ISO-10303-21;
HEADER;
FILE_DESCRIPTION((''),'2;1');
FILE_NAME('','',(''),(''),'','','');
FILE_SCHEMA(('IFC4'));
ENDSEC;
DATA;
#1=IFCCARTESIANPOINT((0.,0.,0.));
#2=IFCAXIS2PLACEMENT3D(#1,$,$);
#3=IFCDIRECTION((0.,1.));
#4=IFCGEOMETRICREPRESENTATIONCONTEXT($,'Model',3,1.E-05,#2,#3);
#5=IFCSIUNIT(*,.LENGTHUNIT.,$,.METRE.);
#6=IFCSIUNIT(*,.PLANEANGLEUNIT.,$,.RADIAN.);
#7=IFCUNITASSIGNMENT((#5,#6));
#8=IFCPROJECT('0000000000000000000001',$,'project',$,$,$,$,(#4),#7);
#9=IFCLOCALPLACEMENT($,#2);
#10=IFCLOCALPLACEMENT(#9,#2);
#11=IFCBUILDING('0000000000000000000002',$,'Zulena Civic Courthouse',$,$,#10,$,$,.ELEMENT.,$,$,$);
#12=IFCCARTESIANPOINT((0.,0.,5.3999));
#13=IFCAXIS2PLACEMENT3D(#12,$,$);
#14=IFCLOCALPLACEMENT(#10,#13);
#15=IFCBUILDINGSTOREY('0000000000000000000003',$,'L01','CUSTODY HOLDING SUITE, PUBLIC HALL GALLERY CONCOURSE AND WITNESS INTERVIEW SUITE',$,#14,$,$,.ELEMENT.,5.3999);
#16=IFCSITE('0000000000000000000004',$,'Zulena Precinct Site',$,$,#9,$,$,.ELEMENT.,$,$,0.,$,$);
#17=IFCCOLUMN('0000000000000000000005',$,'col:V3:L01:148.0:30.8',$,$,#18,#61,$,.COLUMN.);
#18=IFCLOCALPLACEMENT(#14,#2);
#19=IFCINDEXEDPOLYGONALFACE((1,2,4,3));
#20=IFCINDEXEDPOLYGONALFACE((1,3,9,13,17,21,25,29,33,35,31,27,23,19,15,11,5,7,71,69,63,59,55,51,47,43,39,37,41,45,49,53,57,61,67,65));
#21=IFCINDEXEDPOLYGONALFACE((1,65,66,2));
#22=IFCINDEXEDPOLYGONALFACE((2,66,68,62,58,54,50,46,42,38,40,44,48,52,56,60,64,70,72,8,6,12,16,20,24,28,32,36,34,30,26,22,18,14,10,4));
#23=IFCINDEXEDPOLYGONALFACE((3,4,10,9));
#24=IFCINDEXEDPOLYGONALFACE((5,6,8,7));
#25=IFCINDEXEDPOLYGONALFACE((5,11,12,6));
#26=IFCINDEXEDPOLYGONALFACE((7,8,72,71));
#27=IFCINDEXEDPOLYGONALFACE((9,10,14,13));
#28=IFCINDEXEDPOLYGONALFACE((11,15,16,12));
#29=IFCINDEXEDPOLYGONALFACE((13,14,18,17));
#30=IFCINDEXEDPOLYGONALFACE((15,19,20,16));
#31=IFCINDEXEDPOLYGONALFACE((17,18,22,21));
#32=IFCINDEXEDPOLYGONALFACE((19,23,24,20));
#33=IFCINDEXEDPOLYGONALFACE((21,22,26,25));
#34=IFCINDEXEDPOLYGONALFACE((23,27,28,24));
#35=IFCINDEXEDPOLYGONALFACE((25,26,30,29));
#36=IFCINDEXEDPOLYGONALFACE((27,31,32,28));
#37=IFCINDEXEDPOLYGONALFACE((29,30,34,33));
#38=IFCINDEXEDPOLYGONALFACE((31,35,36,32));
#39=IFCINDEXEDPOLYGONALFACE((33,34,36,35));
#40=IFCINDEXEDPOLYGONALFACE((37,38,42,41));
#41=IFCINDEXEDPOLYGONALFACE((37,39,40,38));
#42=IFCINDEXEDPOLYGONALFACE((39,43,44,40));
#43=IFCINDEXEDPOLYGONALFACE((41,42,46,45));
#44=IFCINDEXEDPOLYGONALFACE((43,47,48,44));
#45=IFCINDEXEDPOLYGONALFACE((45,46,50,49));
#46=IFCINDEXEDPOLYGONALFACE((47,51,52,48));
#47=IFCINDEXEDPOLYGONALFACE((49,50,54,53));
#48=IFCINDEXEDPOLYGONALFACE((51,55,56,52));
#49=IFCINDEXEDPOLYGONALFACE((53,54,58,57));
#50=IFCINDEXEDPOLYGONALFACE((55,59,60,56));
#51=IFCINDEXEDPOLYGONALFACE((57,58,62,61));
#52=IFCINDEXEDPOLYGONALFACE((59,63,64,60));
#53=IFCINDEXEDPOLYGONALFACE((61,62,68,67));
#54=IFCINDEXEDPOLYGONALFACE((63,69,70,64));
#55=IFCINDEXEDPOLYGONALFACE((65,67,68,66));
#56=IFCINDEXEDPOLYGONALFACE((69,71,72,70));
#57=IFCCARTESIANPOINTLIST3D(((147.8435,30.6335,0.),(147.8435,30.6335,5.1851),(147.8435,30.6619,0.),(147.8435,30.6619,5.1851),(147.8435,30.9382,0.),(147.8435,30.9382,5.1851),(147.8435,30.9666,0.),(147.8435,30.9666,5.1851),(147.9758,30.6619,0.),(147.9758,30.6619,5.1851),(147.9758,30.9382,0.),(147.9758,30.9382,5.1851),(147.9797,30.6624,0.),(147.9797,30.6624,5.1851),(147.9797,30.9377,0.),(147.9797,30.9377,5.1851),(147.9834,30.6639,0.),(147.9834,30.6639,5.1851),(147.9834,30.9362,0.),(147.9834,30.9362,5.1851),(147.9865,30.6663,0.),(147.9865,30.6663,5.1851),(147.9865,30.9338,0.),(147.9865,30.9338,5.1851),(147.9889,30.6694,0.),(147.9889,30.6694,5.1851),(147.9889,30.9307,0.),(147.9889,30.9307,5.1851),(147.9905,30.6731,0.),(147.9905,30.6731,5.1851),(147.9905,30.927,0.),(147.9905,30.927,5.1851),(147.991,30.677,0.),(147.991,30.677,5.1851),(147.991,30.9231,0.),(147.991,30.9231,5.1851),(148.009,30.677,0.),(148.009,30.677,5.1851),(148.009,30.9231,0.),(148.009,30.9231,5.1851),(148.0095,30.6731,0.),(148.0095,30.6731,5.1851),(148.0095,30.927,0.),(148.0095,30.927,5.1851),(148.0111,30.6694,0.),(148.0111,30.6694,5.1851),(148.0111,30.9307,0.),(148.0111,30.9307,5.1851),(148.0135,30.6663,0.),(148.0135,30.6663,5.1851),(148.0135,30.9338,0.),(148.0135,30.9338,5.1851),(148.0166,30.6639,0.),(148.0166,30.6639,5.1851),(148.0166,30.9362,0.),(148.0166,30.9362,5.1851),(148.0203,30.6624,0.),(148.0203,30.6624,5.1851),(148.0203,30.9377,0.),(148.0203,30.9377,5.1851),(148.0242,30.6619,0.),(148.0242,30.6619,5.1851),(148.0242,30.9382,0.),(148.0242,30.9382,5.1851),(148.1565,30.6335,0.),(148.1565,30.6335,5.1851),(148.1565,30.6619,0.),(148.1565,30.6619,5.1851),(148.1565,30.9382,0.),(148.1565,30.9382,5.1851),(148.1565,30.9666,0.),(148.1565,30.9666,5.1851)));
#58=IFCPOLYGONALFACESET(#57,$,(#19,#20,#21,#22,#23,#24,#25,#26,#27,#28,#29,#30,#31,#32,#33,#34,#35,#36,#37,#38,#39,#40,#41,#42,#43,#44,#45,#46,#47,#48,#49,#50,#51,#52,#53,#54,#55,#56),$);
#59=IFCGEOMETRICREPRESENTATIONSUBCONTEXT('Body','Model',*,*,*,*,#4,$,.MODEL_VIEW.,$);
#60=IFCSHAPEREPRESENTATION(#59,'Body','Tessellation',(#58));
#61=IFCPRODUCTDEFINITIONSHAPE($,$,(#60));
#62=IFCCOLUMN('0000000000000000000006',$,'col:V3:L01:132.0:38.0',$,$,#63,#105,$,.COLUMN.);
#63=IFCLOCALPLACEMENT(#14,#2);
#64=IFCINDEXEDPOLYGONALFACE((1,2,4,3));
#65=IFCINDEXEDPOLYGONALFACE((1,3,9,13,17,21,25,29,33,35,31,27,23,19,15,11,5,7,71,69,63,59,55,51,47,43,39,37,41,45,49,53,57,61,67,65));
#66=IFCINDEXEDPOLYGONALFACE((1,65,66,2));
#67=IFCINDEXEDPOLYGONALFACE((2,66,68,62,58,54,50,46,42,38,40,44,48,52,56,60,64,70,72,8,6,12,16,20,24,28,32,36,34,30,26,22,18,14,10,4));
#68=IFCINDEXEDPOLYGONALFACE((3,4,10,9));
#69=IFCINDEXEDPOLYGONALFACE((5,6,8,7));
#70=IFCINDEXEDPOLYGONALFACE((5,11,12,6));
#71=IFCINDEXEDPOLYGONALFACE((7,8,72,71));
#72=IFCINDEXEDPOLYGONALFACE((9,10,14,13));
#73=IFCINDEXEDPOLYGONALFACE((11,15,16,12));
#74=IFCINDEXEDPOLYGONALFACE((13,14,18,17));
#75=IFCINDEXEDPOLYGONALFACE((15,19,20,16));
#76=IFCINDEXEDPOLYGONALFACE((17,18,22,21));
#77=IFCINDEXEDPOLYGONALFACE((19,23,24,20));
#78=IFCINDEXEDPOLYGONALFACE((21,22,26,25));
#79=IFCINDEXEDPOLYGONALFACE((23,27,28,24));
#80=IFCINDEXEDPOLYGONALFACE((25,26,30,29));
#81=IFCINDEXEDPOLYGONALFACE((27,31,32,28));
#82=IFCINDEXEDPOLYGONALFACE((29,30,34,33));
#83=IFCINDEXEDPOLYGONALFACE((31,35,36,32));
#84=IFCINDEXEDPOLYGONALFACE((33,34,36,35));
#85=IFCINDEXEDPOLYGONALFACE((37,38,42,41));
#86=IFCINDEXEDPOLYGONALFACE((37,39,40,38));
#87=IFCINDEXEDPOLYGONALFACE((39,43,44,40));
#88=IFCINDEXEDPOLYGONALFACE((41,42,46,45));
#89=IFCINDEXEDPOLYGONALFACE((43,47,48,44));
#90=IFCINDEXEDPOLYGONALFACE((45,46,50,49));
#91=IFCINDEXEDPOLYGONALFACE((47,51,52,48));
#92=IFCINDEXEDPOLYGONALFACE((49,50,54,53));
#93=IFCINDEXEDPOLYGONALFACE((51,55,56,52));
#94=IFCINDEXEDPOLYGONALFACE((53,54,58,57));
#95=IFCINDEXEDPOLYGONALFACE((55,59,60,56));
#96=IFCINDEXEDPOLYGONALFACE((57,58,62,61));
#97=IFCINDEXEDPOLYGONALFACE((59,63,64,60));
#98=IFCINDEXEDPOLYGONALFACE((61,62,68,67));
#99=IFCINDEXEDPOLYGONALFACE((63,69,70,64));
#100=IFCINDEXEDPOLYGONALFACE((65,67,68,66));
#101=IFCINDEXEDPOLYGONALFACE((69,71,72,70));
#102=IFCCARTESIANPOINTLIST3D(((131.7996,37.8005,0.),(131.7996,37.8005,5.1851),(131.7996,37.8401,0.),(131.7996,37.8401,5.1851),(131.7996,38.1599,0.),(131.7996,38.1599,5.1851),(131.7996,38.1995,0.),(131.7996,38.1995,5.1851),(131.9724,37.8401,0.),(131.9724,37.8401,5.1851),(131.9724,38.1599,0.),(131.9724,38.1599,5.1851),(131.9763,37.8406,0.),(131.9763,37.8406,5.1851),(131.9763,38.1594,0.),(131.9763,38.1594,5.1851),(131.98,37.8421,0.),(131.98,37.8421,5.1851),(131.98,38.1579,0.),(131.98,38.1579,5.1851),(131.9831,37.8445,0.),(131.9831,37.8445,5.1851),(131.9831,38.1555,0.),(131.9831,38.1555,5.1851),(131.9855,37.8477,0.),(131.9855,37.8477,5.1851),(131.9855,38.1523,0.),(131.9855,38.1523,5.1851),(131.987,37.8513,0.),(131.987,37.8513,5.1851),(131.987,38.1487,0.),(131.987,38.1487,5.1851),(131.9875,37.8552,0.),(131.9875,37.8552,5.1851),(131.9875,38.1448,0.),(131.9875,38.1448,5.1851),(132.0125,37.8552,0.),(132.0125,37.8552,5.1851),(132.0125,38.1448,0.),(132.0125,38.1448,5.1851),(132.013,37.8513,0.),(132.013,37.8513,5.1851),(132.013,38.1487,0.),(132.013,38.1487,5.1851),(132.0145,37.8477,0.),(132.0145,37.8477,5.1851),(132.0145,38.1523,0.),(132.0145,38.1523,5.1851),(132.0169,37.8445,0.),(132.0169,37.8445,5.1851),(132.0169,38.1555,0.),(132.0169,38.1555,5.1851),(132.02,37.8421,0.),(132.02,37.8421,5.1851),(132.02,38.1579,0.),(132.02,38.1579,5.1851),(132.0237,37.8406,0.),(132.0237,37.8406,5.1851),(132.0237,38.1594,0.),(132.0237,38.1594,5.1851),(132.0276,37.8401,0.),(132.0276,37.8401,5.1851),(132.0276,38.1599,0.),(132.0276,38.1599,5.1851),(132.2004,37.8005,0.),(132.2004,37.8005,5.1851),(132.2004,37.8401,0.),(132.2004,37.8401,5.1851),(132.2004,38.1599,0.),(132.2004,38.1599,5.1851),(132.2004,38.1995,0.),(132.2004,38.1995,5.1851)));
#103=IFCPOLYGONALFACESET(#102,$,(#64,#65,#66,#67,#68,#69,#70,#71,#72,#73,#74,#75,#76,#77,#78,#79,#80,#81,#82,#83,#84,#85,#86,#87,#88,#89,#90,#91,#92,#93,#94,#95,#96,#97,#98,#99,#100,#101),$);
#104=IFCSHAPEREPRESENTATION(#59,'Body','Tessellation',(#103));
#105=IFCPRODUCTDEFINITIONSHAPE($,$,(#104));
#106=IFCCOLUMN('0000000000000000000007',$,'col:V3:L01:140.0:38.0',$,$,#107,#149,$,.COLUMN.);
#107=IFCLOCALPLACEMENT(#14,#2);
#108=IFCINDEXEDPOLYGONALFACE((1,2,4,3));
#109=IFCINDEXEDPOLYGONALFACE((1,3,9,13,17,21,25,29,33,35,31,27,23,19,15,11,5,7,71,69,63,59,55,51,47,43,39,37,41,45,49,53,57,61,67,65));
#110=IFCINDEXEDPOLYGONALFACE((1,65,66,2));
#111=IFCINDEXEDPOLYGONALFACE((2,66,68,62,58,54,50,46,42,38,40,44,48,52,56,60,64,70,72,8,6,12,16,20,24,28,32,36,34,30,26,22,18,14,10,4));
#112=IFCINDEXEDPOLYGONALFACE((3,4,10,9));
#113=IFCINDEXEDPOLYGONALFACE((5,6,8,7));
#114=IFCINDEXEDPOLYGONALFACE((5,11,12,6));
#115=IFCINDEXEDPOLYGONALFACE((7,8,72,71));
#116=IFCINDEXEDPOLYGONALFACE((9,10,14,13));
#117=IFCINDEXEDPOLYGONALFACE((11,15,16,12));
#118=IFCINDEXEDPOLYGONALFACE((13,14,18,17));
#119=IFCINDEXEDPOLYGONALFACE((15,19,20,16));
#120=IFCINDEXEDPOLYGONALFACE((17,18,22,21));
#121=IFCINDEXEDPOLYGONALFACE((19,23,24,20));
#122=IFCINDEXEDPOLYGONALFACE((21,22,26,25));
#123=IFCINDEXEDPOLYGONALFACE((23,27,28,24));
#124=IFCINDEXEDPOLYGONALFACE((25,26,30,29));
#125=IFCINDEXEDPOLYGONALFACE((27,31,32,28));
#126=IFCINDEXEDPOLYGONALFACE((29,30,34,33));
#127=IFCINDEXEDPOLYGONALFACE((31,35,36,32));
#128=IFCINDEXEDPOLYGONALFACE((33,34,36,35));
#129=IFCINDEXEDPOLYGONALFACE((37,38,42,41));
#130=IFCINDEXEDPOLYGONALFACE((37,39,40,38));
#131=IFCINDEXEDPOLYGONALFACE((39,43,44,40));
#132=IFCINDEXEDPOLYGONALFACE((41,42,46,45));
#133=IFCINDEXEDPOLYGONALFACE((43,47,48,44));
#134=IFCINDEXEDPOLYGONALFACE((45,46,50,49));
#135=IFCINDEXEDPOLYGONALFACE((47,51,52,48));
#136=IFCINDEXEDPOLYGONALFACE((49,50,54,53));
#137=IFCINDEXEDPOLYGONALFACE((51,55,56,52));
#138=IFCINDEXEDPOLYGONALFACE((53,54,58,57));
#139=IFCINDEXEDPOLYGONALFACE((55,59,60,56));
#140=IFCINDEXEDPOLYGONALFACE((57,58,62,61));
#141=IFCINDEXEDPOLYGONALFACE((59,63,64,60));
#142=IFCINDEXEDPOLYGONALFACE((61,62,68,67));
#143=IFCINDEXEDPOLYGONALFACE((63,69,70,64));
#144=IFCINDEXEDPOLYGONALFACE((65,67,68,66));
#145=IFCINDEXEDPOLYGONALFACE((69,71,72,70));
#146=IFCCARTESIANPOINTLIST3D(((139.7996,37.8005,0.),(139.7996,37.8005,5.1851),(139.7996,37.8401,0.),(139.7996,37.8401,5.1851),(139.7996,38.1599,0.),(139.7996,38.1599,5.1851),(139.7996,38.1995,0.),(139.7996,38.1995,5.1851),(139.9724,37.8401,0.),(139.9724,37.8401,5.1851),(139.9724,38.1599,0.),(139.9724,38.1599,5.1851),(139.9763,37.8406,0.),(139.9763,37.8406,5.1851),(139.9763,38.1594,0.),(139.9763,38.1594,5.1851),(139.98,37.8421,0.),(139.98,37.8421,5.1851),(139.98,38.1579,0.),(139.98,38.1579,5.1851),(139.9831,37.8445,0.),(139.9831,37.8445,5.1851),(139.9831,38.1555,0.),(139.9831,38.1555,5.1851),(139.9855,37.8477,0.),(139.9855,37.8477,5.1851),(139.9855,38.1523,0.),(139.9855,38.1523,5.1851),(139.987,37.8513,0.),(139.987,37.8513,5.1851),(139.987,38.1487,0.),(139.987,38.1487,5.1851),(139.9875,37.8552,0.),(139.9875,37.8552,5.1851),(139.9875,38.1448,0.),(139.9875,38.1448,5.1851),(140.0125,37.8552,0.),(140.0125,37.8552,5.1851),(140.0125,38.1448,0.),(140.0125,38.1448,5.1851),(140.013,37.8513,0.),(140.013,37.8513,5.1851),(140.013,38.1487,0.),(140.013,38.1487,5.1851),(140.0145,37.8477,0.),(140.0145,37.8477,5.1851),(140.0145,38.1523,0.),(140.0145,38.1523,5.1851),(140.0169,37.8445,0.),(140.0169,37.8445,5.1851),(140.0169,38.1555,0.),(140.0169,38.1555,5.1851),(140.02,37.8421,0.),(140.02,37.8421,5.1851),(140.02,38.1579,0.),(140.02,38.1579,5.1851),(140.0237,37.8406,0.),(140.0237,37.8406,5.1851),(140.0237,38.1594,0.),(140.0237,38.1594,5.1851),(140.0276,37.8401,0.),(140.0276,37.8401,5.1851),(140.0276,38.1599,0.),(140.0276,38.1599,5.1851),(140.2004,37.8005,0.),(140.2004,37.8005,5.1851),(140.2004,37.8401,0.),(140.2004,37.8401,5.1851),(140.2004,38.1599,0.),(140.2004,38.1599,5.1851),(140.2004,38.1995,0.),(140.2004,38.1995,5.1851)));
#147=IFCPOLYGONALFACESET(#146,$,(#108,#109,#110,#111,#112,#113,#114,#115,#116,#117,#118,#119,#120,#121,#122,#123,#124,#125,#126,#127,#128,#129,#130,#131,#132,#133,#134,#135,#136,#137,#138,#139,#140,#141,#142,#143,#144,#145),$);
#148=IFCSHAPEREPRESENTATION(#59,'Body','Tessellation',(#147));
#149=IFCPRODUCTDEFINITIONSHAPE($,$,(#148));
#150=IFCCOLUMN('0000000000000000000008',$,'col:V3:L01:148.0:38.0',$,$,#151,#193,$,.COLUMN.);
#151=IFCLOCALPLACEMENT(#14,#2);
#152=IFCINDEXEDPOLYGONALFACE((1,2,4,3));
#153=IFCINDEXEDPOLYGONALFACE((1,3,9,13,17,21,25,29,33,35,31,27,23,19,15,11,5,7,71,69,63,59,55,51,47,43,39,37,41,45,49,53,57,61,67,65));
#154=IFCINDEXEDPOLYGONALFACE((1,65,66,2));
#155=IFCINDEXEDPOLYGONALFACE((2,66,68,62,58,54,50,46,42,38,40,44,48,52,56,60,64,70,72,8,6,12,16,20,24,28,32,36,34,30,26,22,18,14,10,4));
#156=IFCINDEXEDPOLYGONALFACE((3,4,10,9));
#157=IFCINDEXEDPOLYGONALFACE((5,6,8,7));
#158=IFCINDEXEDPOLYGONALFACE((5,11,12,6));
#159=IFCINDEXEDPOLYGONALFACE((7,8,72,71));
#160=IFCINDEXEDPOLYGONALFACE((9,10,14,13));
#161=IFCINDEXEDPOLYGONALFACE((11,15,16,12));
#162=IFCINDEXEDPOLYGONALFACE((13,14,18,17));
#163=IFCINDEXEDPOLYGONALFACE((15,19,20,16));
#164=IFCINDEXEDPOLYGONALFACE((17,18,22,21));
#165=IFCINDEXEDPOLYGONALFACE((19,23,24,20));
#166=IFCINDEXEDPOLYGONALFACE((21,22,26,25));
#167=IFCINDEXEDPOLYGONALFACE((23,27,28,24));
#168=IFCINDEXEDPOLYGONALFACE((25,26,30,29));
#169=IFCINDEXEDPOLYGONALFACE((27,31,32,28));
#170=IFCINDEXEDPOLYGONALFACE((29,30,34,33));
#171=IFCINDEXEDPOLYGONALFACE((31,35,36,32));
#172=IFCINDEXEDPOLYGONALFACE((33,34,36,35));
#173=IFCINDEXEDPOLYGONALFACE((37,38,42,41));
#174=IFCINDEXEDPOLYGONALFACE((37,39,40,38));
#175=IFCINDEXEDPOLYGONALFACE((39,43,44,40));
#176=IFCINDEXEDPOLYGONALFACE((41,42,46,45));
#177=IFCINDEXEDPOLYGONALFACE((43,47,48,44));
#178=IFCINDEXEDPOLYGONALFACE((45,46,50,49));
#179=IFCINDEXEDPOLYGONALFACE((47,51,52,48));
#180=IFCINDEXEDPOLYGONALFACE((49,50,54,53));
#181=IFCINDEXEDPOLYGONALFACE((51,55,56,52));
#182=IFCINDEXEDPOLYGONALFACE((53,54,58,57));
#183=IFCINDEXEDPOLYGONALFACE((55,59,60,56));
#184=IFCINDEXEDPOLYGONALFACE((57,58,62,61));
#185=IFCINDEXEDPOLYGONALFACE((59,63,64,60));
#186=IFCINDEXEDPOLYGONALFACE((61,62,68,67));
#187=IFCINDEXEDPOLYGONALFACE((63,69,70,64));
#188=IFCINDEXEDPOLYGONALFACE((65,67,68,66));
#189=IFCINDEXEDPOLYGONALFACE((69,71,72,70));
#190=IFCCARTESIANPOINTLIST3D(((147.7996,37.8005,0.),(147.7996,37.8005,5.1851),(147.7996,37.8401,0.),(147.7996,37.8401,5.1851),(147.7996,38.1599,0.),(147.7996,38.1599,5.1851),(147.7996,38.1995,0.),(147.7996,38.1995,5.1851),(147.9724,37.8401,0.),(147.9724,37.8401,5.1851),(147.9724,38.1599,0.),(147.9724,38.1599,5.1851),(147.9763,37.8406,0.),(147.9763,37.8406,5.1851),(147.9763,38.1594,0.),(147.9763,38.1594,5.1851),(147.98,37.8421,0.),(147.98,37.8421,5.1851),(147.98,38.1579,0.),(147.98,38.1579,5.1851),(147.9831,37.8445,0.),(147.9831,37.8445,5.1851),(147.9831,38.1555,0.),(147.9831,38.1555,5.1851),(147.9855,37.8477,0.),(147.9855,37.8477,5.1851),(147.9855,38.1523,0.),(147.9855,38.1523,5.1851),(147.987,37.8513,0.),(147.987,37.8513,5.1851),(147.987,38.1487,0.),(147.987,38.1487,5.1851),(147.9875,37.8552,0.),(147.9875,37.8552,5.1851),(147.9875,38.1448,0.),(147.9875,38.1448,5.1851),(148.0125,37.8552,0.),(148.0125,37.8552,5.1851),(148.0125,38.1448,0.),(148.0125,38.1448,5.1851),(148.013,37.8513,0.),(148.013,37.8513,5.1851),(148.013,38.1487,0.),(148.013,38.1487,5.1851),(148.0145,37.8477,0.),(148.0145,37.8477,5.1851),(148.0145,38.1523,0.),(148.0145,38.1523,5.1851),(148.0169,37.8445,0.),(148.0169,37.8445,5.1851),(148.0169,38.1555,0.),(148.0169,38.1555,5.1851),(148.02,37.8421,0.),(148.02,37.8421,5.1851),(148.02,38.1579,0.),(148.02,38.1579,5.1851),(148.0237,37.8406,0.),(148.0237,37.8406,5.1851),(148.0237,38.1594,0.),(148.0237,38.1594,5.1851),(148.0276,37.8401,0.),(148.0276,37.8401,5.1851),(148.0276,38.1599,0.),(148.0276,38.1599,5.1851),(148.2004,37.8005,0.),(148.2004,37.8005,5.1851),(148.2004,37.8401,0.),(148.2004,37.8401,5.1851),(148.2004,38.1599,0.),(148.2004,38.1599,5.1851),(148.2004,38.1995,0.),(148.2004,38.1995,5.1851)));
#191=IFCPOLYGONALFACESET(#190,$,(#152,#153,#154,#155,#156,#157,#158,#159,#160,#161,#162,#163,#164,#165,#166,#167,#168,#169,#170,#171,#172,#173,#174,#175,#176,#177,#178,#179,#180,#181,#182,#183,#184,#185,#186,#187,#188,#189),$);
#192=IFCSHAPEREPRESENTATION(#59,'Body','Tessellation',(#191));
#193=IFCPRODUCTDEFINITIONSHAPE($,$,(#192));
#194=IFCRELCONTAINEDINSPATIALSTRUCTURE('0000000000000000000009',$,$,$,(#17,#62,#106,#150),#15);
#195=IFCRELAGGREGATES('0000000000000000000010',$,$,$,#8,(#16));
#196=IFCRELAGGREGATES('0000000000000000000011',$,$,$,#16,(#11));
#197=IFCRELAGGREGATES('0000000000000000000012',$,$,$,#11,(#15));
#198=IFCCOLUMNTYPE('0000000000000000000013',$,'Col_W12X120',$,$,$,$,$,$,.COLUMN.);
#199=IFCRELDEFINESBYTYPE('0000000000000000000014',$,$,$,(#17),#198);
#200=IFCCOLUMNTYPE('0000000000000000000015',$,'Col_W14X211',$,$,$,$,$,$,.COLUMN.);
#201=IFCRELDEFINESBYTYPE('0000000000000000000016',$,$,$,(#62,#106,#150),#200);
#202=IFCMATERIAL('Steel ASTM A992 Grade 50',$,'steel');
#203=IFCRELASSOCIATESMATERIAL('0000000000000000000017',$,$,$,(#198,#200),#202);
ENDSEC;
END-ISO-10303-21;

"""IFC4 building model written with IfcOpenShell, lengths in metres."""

from ifc_helpers import new_model, si_unit, direction, frame, origin, origin_2d, place, context, subcontext, project, spatial, i_section, extrude, material, material_profile, profile_set, type_object, element, save


model = new_model("IFC4")

# Units and contexts
model_context = context("Model", 3, precision=1e-05, world=origin(), true_north=direction((0.0, 1.0)))
body_context = subcontext(model_context, "Body", "Model", "MODEL_VIEW")
ifc_project = project(units=[si_unit("LENGTHUNIT", "METRE"), si_unit("PLANEANGLEUNIT", "RADIAN")], contexts=[model_context])

# Site, building, storey
site_placement = place(None, origin())
site = spatial("IfcSite", under=ifc_project, at=site_placement, Name="Zulena Precinct Site", CompositionType="ELEMENT", RefElevation=0.0)
building_placement = place(site_placement, origin())
building = spatial("IfcBuilding", under=site, at=building_placement, Name="Zulena Civic Courthouse", CompositionType="ELEMENT")
storey_placement = place(building_placement, frame((0.0, 0.0, 5.3999)))
storey = spatial("IfcBuildingStorey", under=building, at=storey_placement, Name="L01", Description="CUSTODY HOLDING SUITE, PUBLIC HALL GALLERY CONCOURSE AND WITNESS INTERVIEW SUITE", CompositionType="ELEMENT", Elevation=5.3999)

# Columns
ifc_material_1 = material(Name="Steel ASTM A992 Grade 50", Category="steel")
ifc_material_profile_1 = material_profile(ifc_material_1, i_section(OverallWidth=0.313, OverallDepth=0.333, WebThickness=0.0181, FlangeThickness=0.0283, FilletRadius=0.0151, at=origin_2d()), Name="W12X120")
ifc_profile_set_1 = profile_set([ifc_material_profile_1], Name="Steel ASTM A992 Grade 50")
column_type_1 = type_object("IfcColumnType", Name="Col_W12X120", PredefinedType="COLUMN", material=ifc_profile_set_1)
column_placement = place(storey_placement, frame((148.0, 30.8, 0.0), z_axis=(0.0, 0.0, 1.0), x_axis=(1.0, 0.0, 0.0)))
element("IfcColumn", 1, at=column_placement, inside=storey, type_object=column_type_1, Name="col:V3:L01:148.0:30.8", PredefinedType="COLUMN", context=body_context, shape_type="SweptSolid", body=[
    extrude(i_section(OverallWidth=0.313, OverallDepth=0.333, WebThickness=0.0181, FlangeThickness=0.0283, FilletRadius=0.0151, at=origin_2d()), origin(), (0.0, 0.0, 1.0), 5.1851),
])
ifc_material_profile_2 = material_profile(ifc_material_1, i_section(OverallWidth=0.4009, OverallDepth=0.3989, WebThickness=0.0249, FlangeThickness=0.0396, FilletRadius=0.0151, at=origin_2d()), Name="W14X211")
ifc_profile_set_2 = profile_set([ifc_material_profile_2], Name="Steel ASTM A992 Grade 50")
column_type_2 = type_object("IfcColumnType", Name="Col_W14X211", PredefinedType="COLUMN", material=ifc_profile_set_2)
for number, where, z_axis, x_axis, name in (
    (2, (132.0, 38.0, 0.0), (0.0, 0.0, 1.0), (1.0, 0.0, 0.0), "col:V3:L01:132.0:38.0"),
    (3, (140.0, 38.0, 0.0), (0.0, 0.0, 1.0), (1.0, 0.0, 0.0), "col:V3:L01:140.0:38.0"),
    (4, (148.0, 38.0, 0.0), (0.0, 0.0, 1.0), (1.0, 0.0, 0.0), "col:V3:L01:148.0:38.0"),
):
    element("IfcColumn", number, at=place(storey_placement, frame(where, z_axis=z_axis, x_axis=x_axis)), inside=storey, type_object=column_type_2, Name=name, PredefinedType="COLUMN", context=body_context, shape_type="SweptSolid", body=[
        extrude(i_section(OverallWidth=0.4009, OverallDepth=0.3989, WebThickness=0.0249, FlangeThickness=0.0396, FilletRadius=0.0151, at=origin_2d()), origin(), (0.0, 0.0, 1.0), 5.1851),
    ])

save(model, "model.ifc")
